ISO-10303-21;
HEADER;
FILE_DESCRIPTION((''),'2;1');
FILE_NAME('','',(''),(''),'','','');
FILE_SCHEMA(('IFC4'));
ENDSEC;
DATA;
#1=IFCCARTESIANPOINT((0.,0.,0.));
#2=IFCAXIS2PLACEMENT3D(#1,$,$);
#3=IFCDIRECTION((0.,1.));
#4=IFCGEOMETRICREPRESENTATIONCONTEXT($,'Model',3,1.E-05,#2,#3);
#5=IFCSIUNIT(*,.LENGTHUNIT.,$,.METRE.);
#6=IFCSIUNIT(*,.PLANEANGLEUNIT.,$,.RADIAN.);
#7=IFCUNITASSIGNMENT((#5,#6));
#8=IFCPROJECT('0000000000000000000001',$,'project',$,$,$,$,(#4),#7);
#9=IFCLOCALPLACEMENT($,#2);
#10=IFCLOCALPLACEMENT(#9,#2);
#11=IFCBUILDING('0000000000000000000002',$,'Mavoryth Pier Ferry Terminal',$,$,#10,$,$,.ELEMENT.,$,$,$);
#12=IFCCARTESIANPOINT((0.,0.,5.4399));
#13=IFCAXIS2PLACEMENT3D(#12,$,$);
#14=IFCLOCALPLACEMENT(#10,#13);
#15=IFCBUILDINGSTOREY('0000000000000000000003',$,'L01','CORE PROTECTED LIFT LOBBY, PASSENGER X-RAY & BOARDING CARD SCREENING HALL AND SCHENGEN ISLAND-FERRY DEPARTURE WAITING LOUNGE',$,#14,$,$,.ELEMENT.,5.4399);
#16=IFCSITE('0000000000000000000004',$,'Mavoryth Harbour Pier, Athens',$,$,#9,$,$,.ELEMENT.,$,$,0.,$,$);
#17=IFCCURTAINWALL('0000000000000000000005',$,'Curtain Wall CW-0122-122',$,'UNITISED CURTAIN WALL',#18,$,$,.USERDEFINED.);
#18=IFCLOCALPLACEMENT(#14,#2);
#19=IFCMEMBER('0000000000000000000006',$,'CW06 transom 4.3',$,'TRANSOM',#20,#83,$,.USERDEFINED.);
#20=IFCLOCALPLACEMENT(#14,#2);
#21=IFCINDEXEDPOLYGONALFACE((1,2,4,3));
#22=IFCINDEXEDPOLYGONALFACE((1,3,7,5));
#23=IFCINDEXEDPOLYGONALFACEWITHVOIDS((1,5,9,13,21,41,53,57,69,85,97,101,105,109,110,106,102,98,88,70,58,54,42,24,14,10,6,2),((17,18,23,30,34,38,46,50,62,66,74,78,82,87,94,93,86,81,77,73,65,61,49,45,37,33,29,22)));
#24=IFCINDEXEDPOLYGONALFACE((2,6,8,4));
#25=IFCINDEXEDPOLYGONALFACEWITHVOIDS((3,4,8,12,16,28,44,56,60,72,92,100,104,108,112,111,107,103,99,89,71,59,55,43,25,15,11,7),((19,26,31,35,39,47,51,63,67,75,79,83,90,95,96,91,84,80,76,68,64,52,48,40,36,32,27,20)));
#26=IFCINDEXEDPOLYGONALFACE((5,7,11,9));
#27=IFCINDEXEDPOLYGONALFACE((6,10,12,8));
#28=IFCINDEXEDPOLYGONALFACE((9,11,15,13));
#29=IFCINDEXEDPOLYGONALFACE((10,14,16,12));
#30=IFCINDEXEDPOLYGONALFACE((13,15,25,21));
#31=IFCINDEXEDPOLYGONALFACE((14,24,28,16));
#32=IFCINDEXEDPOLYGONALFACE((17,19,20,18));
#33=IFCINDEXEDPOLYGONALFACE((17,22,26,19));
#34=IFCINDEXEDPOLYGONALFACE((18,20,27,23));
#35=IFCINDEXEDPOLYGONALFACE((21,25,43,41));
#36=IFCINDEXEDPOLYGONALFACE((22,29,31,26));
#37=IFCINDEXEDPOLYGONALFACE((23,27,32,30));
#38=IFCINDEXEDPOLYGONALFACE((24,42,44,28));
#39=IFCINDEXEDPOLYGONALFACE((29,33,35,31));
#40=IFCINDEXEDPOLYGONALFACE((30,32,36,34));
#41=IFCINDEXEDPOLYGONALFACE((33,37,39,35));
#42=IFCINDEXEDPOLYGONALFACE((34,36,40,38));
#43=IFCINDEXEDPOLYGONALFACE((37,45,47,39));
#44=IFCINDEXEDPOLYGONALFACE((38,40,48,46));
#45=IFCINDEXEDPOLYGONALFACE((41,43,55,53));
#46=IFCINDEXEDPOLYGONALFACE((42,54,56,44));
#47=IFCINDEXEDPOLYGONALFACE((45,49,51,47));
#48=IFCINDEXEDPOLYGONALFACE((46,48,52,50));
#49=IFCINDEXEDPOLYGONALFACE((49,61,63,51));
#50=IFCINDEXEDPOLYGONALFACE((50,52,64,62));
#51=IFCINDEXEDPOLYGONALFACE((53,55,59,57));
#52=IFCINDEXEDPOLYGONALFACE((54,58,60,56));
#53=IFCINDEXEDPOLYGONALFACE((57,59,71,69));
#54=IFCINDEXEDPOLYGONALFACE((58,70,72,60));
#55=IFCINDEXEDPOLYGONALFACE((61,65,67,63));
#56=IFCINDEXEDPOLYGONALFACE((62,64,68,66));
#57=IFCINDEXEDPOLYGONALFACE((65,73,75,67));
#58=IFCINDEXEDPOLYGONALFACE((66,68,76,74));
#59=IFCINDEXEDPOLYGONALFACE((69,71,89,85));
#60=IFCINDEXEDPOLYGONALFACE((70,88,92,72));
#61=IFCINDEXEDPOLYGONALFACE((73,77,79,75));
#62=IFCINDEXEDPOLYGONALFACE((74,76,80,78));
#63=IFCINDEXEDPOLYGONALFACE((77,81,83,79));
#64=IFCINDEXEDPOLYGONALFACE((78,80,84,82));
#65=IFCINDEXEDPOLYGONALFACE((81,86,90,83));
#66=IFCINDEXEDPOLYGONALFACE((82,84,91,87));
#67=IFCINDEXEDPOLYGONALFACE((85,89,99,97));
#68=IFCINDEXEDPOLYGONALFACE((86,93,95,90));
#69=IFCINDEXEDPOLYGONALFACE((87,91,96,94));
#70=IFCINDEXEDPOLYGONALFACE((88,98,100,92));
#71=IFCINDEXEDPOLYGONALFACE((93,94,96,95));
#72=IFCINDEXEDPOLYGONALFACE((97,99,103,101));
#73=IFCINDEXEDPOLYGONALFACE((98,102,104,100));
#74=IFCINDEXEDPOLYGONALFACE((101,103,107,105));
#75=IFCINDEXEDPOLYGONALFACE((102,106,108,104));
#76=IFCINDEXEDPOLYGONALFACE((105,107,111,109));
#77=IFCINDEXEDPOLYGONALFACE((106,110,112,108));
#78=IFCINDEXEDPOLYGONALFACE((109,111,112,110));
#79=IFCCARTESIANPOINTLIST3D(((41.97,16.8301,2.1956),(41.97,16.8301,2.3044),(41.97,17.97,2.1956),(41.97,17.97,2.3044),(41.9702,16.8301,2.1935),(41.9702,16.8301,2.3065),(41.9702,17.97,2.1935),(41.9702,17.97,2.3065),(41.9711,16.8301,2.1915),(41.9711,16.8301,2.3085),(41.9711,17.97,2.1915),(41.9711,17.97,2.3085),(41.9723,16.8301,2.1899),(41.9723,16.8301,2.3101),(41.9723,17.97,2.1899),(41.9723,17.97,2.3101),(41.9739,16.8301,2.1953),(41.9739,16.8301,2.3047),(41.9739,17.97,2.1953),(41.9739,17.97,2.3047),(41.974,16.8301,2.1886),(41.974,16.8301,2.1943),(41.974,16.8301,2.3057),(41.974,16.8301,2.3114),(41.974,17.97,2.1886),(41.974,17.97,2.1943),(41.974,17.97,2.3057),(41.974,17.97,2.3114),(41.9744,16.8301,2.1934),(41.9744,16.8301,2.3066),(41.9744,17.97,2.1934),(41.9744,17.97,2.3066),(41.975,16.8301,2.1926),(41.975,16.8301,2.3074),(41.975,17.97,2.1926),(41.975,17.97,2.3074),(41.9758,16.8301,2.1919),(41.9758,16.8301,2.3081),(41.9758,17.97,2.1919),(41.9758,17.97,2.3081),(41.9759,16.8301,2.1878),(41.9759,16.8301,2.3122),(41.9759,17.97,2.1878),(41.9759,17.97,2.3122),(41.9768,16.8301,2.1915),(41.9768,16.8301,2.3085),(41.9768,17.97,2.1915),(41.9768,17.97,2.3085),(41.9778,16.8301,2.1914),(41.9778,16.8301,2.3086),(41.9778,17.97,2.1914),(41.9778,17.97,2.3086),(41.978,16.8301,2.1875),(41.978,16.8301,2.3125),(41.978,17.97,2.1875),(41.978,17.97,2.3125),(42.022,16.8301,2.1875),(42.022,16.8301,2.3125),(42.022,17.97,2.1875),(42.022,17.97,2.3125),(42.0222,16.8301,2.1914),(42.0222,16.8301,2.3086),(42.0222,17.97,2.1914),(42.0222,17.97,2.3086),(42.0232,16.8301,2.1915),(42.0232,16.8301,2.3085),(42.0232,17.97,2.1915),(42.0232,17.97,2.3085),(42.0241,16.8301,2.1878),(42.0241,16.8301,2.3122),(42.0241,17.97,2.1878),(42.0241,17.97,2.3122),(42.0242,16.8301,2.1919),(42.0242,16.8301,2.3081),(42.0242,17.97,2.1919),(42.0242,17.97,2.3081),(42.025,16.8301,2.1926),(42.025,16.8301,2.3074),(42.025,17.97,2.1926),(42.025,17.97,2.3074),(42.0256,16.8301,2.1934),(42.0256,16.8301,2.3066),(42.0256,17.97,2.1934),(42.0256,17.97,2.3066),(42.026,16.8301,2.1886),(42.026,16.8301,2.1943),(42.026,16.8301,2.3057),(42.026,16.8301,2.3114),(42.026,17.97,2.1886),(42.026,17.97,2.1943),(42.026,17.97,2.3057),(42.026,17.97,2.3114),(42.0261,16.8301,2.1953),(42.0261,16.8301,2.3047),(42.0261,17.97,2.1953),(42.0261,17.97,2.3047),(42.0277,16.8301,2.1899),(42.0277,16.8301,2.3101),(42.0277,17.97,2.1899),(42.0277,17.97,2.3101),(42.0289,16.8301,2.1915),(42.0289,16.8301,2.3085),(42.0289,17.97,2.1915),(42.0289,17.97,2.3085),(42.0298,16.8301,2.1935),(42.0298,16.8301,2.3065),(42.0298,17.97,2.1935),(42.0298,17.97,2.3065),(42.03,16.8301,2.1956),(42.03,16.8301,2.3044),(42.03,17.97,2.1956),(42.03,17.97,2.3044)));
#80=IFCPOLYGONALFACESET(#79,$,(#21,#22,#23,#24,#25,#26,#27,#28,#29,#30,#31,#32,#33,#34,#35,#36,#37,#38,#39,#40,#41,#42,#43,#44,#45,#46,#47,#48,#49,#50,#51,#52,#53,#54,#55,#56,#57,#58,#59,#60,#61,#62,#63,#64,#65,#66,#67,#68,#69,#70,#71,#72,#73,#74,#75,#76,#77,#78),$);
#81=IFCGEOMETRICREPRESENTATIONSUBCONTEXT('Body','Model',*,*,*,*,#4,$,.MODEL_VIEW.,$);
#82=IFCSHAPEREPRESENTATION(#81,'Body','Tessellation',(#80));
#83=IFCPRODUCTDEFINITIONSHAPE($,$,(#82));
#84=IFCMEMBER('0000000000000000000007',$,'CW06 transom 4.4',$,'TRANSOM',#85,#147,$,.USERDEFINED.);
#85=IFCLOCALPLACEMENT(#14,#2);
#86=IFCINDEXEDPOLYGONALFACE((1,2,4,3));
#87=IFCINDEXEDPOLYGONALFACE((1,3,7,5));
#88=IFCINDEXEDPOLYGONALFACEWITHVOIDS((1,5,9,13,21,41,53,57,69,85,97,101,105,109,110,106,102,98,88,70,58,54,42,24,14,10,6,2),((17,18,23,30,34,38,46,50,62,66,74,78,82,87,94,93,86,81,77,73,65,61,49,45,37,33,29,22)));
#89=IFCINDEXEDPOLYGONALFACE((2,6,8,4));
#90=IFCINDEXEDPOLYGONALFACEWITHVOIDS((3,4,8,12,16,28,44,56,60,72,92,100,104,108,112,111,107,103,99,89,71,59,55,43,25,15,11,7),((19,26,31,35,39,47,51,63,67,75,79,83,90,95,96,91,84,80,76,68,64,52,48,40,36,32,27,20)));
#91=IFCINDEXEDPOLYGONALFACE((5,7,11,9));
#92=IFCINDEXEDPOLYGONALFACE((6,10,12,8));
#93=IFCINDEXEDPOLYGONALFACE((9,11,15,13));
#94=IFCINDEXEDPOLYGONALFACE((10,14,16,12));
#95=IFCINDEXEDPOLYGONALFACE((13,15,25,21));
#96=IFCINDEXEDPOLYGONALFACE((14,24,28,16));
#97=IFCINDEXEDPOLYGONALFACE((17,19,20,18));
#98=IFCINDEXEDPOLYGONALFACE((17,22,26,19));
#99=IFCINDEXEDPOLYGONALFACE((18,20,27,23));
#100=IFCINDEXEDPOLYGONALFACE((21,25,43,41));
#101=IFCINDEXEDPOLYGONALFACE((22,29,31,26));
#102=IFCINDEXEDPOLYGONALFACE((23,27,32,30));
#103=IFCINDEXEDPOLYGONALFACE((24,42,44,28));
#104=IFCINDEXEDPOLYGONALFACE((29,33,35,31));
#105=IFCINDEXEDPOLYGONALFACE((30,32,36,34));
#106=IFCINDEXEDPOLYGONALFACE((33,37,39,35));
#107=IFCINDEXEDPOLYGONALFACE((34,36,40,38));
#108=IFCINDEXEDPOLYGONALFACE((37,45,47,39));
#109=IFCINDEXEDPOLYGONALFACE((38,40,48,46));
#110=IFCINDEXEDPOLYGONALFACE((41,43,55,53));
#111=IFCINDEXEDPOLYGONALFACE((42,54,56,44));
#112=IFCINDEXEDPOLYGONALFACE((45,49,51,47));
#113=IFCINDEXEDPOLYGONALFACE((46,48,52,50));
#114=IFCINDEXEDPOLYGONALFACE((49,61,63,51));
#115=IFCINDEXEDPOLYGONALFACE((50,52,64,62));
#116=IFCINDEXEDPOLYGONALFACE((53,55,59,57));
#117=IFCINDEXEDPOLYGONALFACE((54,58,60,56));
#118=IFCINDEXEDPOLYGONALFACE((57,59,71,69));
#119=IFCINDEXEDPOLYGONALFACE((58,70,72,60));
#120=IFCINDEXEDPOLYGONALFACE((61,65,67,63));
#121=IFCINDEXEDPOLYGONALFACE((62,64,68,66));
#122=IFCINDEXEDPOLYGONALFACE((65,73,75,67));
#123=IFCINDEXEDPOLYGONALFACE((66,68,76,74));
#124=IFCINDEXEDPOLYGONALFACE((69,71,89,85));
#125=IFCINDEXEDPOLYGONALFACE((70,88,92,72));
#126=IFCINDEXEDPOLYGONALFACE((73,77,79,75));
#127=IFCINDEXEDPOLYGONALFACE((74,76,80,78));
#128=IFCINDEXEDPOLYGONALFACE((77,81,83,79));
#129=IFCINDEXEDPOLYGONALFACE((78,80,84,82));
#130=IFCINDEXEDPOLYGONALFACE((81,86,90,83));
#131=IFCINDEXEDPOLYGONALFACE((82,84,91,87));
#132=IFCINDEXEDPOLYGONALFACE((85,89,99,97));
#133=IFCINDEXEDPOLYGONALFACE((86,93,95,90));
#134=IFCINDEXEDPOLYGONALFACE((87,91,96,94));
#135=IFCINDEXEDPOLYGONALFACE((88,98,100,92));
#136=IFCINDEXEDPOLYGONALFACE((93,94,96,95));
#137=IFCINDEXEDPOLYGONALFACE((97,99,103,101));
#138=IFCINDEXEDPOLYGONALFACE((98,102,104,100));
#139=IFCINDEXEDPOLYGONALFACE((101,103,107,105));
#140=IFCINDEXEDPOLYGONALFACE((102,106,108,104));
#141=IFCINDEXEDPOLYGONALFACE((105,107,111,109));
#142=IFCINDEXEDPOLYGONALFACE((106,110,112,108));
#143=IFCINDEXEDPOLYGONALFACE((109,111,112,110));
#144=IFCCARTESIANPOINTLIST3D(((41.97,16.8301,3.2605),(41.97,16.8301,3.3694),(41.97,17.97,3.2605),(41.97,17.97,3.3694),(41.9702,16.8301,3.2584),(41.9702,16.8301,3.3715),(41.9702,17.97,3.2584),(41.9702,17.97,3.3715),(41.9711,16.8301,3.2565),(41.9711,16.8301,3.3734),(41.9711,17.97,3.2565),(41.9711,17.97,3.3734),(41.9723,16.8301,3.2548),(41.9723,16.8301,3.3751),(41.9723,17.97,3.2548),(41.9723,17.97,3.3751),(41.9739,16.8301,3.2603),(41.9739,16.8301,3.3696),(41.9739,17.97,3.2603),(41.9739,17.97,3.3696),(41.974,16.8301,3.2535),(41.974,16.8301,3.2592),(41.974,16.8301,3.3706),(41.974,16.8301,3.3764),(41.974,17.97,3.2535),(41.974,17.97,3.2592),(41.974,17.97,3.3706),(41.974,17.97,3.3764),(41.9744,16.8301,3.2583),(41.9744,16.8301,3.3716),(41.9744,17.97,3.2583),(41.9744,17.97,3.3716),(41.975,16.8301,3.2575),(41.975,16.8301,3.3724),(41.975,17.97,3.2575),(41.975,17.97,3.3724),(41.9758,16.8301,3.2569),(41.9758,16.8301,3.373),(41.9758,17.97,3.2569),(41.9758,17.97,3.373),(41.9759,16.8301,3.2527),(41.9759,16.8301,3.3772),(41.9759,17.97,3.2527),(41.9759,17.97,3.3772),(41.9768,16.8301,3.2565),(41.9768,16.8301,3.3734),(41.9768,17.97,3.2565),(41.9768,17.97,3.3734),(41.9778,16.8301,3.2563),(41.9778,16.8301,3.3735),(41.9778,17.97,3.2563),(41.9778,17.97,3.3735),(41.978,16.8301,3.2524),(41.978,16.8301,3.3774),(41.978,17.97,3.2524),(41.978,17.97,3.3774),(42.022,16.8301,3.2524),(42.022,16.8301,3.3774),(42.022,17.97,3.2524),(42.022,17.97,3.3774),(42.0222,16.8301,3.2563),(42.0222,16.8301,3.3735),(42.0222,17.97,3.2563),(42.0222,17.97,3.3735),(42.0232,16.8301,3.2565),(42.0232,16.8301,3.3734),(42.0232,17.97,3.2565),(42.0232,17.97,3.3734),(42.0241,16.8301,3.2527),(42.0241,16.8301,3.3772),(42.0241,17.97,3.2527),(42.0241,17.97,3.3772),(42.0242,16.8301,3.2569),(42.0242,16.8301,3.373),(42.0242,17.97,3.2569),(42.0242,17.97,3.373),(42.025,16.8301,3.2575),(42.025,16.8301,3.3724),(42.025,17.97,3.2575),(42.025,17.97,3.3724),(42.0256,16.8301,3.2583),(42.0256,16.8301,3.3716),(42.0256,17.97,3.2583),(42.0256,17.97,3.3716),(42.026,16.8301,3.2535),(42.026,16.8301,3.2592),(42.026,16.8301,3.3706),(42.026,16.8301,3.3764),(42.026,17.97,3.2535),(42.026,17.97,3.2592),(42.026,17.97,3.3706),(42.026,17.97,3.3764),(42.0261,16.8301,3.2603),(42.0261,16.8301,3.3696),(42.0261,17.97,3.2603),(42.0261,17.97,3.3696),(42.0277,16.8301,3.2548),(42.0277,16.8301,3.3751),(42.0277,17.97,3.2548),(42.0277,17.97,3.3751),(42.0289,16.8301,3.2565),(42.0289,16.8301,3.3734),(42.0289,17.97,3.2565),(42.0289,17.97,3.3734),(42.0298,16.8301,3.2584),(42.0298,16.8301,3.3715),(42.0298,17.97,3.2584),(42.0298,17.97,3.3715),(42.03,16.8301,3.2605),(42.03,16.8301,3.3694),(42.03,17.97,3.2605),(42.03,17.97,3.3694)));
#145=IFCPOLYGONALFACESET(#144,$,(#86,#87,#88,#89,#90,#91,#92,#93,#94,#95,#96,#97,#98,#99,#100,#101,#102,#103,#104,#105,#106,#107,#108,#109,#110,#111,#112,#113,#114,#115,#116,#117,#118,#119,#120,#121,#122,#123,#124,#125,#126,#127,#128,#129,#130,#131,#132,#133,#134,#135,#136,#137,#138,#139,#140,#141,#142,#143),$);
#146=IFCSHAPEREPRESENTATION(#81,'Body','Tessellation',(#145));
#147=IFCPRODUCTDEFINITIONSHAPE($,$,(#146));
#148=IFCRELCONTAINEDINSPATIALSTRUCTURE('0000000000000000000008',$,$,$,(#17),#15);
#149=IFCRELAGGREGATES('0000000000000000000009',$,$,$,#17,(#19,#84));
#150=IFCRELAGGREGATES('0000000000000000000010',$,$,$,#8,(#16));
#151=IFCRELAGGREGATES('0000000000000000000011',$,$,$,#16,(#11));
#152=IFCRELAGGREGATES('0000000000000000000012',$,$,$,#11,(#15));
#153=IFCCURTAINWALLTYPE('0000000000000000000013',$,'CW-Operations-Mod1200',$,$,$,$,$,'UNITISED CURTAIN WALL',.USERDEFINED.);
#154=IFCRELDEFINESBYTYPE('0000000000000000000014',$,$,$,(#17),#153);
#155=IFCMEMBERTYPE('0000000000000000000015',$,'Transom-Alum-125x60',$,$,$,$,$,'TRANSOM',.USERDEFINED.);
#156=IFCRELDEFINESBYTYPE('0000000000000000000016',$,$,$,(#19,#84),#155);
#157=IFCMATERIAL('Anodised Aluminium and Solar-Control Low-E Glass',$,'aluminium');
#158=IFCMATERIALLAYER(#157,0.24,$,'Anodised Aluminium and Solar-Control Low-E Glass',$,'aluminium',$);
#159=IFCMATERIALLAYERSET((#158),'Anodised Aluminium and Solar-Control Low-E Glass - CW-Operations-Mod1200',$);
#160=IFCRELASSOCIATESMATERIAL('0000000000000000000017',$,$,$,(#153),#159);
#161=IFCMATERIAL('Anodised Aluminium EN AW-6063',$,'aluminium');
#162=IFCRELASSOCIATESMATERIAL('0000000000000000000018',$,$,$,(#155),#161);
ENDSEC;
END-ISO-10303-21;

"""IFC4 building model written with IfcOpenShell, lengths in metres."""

from ifc_helpers import new_model, si_unit, direction, frame, origin, origin_2d, place, context, subcontext, project, spatial, hollow_rectangle, extrude, material, layer, layer_set, material_profile, profile_set, type_object, element, aggregate, save


model = new_model("IFC4")

# Units and contexts
model_context = context("Model", 3, precision=1e-05, world=origin(), true_north=direction((0.0, 1.0)))
body_context = subcontext(model_context, "Body", "Model", "MODEL_VIEW")
ifc_project = project(units=[si_unit("LENGTHUNIT", "METRE"), si_unit("PLANEANGLEUNIT", "RADIAN")], contexts=[model_context])

# Site, building, storey
site_placement = place(None, origin())
site = spatial("IfcSite", under=ifc_project, at=site_placement, Name="Mavoryth Harbour Pier, Athens", CompositionType="ELEMENT", RefElevation=0.0)
building_placement = place(site_placement, origin())
building = spatial("IfcBuilding", under=site, at=building_placement, Name="Mavoryth Pier Ferry Terminal", CompositionType="ELEMENT")
storey_placement = place(building_placement, frame((0.0, 0.0, 5.4399)))
storey = spatial("IfcBuildingStorey", under=building, at=storey_placement, Name="L01", Description="CORE PROTECTED LIFT LOBBY, PASSENGER X-RAY & BOARDING CARD SCREENING HALL AND SCHENGEN ISLAND-FERRY DEPARTURE WAITING LOUNGE", CompositionType="ELEMENT", Elevation=5.4399)

# Curtain wall, members
ifc_material_1 = material(Name="Anodised Aluminium and Solar-Control Low-E Glass", Category="aluminium")
ifc_layer_1 = layer(ifc_material_1, 0.24, Name="Anodised Aluminium and Solar-Control Low-E Glass", Category="aluminium")
ifc_layer_set_1 = layer_set([ifc_layer_1], Name="Anodised Aluminium and Solar-Control Low-E Glass - CW-Operations-Mod1200")
curtain_wall_type = type_object("IfcCurtainWallType", Name="CW-Operations-Mod1200", ElementType="UNITISED CURTAIN WALL", PredefinedType="USERDEFINED", material=ifc_layer_set_1)
curtain_wall_placement = place(storey_placement, origin())
curtain_wall = element("IfcCurtainWall", 1, at=curtain_wall_placement, inside=storey, type_object=curtain_wall_type, Name="Curtain Wall CW-0122-122", ObjectType="UNITISED CURTAIN WALL", PredefinedType="USERDEFINED")
ifc_material_2 = material(Name="Anodised Aluminium EN AW-6063", Category="aluminium")
ifc_material_profile_1 = material_profile(ifc_material_2, hollow_rectangle(XDim=0.0601, YDim=0.125, WallThickness=0.0039, InnerFilletRadius=0.0039, OuterFilletRadius=0.0081, at=origin_2d()), Name="AL-TRAN 125x60x4", Category="aluminium")
ifc_profile_set_1 = profile_set([ifc_material_profile_1], Name="Anodised Aluminium EN AW-6063 - AL-TRAN 125x60x4")
member_type_1 = type_object("IfcMemberType", Name="Transom-Alum-125x60", ElementType="TRANSOM", PredefinedType="USERDEFINED", material=ifc_profile_set_1)
member_1_placement = place(storey_placement, frame((42.0, 17.97, 2.25), z_axis=(0.0, -1.0, 0.0), x_axis=(1.0, 0.0, 0.0)))
member_1 = element("IfcMember", 2, at=member_1_placement, type_object=member_type_1, Name="CW06 transom 4.3", ObjectType="TRANSOM", PredefinedType="USERDEFINED", context=body_context, shape_type="SweptSolid", body=[
    extrude(hollow_rectangle(XDim=0.0601, YDim=0.125, WallThickness=0.0039, InnerFilletRadius=0.0039, OuterFilletRadius=0.0081, at=origin_2d()), origin(), (0.0, 0.0, 1.0), 1.1399),
])
member_2_placement = place(storey_placement, frame((42.0, 17.97, 3.3149), z_axis=(0.0, -1.0, 0.0), x_axis=(1.0, 0.0, 0.0)))
member_2 = element("IfcMember", 3, at=member_2_placement, type_object=member_type_1, Name="CW06 transom 4.4", ObjectType="TRANSOM", PredefinedType="USERDEFINED", context=body_context, shape_type="SweptSolid", body=[
    extrude(hollow_rectangle(XDim=0.0601, YDim=0.125, WallThickness=0.0039, InnerFilletRadius=0.0039, OuterFilletRadius=0.0081, at=origin_2d()), origin(), (0.0, 0.0, 1.0), 1.1399),
])
aggregate(curtain_wall, [member_1, member_2])

save(model, "model.ifc")
